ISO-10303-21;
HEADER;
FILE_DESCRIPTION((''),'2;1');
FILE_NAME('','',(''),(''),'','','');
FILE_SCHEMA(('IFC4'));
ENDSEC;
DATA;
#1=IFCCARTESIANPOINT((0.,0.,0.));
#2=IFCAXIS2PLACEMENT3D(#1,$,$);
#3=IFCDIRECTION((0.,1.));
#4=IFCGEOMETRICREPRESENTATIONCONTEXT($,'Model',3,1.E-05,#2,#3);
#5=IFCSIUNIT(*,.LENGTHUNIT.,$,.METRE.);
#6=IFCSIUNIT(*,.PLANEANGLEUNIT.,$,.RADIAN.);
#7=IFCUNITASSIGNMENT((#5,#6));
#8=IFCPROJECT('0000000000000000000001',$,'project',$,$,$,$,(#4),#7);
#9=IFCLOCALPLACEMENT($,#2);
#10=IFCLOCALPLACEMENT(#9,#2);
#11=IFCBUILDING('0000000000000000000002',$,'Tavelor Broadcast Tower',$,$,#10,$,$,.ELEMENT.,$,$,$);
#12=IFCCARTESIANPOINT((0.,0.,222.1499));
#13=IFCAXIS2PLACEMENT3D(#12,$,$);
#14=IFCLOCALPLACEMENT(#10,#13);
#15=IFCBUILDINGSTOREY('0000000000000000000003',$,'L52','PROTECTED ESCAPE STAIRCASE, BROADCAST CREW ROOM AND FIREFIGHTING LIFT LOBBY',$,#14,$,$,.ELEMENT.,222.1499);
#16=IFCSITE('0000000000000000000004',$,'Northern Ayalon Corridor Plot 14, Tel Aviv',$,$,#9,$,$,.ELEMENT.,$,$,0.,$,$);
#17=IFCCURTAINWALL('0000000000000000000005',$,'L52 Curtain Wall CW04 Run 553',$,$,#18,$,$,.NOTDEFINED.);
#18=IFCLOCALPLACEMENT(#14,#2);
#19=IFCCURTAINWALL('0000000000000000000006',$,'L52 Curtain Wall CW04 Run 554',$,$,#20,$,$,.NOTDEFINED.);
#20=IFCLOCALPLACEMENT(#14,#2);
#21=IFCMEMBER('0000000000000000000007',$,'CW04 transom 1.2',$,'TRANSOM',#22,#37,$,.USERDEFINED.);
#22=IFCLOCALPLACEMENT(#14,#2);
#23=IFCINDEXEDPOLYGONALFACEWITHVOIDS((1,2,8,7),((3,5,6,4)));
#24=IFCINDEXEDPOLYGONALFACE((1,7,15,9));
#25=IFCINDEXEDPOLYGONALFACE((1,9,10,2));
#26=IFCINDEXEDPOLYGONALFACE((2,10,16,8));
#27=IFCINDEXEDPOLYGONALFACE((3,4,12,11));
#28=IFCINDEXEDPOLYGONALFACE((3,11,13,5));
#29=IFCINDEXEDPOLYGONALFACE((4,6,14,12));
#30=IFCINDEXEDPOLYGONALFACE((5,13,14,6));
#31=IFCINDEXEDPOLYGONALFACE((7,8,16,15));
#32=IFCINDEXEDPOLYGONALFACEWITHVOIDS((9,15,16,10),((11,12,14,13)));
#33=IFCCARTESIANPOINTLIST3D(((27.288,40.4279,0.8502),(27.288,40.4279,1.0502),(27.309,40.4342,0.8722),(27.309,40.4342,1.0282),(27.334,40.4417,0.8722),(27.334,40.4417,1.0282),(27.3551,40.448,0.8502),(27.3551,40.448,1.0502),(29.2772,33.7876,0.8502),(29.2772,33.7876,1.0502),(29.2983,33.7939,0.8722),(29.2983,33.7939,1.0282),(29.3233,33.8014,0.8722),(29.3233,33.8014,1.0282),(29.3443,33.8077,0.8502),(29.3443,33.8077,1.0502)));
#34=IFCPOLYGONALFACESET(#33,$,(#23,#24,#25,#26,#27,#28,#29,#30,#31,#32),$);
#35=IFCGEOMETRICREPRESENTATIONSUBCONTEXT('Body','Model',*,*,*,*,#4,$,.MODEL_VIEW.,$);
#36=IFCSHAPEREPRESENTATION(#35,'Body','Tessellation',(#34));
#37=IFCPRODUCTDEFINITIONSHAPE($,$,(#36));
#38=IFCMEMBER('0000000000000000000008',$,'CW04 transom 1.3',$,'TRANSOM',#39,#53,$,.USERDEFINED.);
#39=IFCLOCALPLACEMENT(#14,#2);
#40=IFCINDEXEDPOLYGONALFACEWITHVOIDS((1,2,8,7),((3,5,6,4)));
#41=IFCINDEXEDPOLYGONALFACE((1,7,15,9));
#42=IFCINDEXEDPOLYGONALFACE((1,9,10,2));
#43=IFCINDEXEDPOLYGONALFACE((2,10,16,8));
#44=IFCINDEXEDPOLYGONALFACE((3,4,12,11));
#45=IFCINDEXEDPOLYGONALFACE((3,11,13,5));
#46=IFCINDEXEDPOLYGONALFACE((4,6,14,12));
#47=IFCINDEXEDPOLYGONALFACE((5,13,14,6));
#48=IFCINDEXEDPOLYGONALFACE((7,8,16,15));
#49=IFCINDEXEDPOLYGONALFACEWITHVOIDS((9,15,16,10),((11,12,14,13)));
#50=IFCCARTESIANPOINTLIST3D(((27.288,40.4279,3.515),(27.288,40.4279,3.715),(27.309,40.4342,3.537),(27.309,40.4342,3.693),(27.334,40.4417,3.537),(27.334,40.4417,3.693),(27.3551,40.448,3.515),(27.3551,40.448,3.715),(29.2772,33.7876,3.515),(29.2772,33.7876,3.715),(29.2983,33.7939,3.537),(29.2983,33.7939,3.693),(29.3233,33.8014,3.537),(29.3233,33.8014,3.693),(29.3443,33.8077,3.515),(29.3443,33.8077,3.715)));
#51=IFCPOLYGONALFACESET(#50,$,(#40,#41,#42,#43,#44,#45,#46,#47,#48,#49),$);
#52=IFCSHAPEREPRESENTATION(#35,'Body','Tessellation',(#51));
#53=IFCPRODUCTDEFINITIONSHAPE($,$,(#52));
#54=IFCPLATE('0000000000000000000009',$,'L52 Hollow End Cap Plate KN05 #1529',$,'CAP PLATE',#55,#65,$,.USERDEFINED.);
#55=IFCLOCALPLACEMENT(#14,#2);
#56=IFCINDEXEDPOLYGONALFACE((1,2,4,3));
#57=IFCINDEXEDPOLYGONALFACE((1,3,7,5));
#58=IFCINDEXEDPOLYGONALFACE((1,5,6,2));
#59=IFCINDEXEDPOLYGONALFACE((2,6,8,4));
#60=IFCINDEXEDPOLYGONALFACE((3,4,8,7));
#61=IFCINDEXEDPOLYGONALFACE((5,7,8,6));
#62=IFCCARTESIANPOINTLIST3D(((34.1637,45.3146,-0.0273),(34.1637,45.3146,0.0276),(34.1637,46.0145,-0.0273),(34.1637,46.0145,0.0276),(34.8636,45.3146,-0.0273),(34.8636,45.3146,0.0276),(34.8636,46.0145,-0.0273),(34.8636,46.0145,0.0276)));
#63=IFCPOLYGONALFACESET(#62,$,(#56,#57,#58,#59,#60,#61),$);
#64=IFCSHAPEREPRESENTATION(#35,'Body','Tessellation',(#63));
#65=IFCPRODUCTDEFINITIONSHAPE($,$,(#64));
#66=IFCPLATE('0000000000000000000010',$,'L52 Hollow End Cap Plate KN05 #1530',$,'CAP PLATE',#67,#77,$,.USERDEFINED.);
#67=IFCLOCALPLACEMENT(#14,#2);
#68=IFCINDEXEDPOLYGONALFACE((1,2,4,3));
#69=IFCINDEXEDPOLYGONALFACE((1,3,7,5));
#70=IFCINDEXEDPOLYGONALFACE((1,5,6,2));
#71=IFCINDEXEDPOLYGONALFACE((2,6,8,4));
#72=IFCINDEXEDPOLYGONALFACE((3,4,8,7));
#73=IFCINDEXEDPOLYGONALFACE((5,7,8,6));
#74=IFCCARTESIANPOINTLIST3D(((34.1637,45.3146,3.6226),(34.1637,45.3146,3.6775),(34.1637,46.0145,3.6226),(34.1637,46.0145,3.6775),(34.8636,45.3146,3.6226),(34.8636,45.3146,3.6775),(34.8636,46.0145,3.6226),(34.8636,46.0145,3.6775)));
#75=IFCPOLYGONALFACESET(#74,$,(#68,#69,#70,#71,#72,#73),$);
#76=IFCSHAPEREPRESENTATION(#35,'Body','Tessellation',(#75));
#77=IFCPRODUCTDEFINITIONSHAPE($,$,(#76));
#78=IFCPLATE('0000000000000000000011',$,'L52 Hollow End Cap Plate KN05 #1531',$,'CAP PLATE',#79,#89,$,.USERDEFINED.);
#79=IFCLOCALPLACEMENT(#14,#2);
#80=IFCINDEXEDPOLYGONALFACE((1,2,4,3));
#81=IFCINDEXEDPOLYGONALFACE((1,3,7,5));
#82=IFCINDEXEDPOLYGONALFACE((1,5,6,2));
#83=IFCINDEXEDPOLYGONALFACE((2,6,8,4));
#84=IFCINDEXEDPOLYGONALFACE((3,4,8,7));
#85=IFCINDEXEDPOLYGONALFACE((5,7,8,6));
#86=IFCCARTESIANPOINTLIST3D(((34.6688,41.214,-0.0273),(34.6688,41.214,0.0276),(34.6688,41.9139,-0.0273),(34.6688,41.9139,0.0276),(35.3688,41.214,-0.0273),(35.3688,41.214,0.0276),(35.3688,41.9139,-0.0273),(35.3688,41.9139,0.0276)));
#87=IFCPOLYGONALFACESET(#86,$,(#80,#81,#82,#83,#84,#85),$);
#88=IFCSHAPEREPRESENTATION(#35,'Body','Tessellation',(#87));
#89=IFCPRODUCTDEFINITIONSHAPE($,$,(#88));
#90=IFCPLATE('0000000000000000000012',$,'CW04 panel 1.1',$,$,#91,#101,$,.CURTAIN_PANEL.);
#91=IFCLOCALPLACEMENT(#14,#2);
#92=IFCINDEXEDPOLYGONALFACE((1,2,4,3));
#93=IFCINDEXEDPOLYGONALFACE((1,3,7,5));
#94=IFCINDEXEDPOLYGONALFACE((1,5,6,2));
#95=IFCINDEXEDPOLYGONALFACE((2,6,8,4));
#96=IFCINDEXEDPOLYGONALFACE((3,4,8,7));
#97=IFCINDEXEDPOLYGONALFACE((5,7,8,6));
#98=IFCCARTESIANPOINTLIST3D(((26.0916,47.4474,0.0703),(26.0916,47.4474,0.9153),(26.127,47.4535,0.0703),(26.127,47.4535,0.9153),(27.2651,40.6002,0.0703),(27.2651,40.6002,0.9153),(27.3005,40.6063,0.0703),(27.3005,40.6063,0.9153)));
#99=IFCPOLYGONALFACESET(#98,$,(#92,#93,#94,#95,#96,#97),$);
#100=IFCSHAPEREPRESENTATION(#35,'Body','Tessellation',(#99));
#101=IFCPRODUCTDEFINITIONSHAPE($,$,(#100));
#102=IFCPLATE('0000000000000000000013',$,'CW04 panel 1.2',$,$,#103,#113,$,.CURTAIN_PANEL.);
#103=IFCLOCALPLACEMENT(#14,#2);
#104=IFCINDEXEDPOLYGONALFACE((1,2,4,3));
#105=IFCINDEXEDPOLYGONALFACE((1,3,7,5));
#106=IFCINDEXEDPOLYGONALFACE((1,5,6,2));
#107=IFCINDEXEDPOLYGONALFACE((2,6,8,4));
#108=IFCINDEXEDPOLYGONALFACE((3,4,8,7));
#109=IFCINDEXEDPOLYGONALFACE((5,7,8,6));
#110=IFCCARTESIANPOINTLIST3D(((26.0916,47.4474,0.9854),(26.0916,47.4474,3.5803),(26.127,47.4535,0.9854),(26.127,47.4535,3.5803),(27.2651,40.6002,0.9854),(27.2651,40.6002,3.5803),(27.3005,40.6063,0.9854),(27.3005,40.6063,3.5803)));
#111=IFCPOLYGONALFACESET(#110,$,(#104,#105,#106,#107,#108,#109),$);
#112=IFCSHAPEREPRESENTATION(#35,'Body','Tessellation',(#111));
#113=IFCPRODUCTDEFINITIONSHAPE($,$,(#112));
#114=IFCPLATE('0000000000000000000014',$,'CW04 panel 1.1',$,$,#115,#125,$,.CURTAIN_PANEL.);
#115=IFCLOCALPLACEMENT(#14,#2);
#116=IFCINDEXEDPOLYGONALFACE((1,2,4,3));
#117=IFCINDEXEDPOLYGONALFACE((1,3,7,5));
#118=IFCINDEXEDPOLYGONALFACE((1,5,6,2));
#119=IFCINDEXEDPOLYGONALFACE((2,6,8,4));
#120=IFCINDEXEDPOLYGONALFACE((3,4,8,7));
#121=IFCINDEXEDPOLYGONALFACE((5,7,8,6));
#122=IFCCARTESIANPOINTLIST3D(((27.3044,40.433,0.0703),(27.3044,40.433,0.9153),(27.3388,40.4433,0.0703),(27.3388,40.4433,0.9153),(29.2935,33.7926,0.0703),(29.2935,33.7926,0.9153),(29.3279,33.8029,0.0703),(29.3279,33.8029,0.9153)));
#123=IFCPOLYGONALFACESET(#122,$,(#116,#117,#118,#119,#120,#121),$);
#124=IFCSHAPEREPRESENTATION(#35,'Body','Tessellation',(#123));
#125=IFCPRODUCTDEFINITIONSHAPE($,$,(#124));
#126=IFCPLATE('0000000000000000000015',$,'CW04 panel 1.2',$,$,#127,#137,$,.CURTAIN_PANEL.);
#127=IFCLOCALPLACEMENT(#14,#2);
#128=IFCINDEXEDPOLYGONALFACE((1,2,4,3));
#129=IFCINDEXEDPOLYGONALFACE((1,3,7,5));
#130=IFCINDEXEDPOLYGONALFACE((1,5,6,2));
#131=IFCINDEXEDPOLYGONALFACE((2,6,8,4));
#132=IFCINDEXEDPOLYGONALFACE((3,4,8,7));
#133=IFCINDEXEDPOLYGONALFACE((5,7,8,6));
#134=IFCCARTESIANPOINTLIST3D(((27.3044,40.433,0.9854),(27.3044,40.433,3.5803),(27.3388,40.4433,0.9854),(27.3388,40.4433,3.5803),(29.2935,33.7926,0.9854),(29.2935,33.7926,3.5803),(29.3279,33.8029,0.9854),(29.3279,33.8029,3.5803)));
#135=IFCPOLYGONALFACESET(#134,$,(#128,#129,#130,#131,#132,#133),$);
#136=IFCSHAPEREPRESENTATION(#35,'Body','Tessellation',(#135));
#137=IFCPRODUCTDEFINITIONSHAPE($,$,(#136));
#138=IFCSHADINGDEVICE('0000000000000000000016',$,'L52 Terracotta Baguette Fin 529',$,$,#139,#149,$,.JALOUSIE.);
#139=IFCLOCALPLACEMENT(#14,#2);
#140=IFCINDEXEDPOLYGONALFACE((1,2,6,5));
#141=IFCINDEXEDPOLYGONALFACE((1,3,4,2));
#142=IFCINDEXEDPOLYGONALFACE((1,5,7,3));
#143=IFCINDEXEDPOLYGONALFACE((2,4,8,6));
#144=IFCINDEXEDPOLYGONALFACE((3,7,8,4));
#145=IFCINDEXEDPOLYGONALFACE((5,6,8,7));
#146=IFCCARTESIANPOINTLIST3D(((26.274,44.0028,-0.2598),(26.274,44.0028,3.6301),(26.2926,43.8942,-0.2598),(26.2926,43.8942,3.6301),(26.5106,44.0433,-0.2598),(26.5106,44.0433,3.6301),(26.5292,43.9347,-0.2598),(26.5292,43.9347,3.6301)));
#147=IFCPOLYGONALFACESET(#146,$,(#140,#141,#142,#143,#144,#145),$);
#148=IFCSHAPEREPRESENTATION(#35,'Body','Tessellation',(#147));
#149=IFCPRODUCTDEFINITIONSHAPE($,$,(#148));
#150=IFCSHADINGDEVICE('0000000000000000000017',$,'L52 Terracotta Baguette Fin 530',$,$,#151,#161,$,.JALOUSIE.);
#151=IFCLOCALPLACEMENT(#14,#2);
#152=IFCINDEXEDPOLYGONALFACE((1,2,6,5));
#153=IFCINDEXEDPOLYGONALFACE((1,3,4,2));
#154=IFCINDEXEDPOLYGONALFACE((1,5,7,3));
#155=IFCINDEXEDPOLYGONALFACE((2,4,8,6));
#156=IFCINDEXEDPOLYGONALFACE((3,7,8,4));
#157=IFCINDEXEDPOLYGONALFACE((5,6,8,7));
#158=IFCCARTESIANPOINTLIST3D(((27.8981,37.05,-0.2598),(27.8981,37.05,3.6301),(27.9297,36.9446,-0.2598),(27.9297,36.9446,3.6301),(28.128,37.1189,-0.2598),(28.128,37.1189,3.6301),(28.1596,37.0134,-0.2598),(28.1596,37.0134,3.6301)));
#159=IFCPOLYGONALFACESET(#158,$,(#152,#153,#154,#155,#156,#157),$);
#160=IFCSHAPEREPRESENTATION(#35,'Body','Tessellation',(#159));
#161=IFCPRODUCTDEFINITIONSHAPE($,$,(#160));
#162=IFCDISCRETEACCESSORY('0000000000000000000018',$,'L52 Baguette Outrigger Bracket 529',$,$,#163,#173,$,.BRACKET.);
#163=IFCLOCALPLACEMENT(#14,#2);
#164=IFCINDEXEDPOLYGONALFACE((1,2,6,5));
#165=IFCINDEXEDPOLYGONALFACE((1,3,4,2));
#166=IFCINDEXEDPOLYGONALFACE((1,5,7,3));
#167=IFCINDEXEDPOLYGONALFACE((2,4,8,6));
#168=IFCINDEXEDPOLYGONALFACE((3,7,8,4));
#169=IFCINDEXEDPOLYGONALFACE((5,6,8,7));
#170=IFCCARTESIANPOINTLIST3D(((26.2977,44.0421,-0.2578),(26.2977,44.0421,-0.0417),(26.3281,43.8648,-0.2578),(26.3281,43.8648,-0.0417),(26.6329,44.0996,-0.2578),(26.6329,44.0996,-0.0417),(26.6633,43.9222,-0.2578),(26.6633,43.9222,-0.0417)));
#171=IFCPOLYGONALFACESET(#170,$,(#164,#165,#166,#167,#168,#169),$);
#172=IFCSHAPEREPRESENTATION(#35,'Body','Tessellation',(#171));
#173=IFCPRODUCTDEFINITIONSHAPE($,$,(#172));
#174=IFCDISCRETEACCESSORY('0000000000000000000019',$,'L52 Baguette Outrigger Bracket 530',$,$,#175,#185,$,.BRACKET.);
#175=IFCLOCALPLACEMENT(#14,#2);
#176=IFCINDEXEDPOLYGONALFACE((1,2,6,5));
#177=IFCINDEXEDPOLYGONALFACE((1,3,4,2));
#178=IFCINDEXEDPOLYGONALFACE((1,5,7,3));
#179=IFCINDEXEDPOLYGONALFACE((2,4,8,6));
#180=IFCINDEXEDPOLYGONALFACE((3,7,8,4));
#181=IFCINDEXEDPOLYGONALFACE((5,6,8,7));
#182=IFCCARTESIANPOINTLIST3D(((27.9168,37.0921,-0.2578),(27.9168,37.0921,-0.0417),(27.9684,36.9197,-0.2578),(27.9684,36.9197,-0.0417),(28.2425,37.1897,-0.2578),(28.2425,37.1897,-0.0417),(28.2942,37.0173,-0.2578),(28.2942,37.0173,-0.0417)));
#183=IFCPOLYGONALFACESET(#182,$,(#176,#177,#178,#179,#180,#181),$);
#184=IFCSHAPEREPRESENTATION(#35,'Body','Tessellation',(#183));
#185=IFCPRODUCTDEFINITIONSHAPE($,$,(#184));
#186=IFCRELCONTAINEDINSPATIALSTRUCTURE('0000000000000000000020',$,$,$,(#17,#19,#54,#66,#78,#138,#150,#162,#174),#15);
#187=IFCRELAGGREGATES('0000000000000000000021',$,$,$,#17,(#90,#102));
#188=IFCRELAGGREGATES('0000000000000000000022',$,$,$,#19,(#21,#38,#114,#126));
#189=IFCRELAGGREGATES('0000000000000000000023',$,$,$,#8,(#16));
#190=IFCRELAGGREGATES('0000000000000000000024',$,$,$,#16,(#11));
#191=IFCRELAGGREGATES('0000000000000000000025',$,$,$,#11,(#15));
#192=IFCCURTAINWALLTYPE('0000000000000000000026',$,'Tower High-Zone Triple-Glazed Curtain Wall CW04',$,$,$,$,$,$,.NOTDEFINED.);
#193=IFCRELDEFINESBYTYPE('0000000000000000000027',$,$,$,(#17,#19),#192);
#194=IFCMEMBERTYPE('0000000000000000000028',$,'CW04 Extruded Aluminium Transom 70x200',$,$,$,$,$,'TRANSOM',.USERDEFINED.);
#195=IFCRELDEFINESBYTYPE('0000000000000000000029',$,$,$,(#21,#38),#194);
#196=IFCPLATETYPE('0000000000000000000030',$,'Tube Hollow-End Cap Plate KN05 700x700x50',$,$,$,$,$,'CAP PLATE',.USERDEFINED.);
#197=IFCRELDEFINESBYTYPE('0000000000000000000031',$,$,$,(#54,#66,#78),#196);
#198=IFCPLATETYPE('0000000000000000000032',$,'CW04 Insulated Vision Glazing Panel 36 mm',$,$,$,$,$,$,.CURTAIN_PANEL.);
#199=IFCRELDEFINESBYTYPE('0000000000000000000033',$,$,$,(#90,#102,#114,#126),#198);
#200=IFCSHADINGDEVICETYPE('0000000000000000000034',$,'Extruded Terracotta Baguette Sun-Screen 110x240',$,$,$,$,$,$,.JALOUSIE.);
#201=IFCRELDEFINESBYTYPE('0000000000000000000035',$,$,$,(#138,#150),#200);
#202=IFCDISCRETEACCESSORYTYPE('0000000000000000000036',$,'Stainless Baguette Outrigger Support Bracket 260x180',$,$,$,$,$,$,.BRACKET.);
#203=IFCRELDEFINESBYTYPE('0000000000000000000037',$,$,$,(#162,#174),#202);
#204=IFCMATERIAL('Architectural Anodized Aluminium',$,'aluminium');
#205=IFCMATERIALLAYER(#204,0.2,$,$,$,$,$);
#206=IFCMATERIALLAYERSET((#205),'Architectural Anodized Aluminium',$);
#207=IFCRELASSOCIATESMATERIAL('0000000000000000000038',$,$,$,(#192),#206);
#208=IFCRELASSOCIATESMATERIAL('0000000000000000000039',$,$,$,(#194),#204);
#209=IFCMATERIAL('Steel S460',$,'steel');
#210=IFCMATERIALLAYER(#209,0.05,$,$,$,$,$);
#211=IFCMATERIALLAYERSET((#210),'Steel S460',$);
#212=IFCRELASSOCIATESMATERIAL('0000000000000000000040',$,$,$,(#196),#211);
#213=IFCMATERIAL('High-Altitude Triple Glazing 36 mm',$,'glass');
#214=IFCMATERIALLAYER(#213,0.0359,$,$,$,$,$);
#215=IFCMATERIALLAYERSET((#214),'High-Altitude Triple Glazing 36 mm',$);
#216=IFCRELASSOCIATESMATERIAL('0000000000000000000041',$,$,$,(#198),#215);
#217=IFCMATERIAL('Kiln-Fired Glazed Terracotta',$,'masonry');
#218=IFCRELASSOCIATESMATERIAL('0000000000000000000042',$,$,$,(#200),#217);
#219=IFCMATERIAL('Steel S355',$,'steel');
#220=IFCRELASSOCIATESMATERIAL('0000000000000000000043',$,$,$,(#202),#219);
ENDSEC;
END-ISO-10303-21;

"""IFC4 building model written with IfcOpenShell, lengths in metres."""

from ifc_helpers import new_model, si_unit, direction, frame, origin, origin_2d, place, context, subcontext, project, spatial, rectangle, hollow_rectangle, extrude, source, transform, mapped, material, layer, layer_set, material_profile, profile_set, type_object, type_shapes, element, aggregate, save


model = new_model("IFC4")

# Units and contexts
model_context = context("Model", 3, precision=1e-05, world=origin(), true_north=direction((0.0, 1.0)))
body_context = subcontext(model_context, "Body", "Model", "MODEL_VIEW")
ifc_project = project(units=[si_unit("LENGTHUNIT", "METRE"), si_unit("PLANEANGLEUNIT", "RADIAN")], contexts=[model_context])

# Site, building, storey
site_placement = place(None, origin())
site = spatial("IfcSite", under=ifc_project, at=site_placement, Name="Northern Ayalon Corridor Plot 14, Tel Aviv", CompositionType="ELEMENT", RefElevation=0.0)
building_placement = place(site_placement, origin())
building = spatial("IfcBuilding", under=site, at=building_placement, Name="Tavelor Broadcast Tower", CompositionType="ELEMENT")
storey_placement = place(building_placement, frame((0.0, 0.0, 222.1499)))
storey = spatial("IfcBuildingStorey", under=building, at=storey_placement, Name="L52", Description="PROTECTED ESCAPE STAIRCASE, BROADCAST CREW ROOM AND FIREFIGHTING LIFT LOBBY", CompositionType="ELEMENT", Elevation=222.1499)

# Shared definitions
ifc_material_1 = material(Name="Steel S460", Category="steel")

# Shared definitions
ifc_material_2 = material(Name="Steel S355", Category="steel")

# Curtain wall
ifc_material_3 = material(Name="Architectural Anodized Aluminium", Category="aluminium")
ifc_layer_1 = layer(ifc_material_3, 0.2)
ifc_layer_set_1 = layer_set([ifc_layer_1], Name="Architectural Anodized Aluminium")
curtain_wall_type = type_object("IfcCurtainWallType", Name="Tower High-Zone Triple-Glazed Curtain Wall CW04", PredefinedType="NOTDEFINED", material=ifc_layer_set_1)
curtain_wall_1_placement = place(storey_placement, origin())
curtain_wall_1 = element("IfcCurtainWall", 1, at=curtain_wall_1_placement, inside=storey, type_object=curtain_wall_type, Name="L52 Curtain Wall CW04 Run 553", PredefinedType="NOTDEFINED")

# Curtain wall
curtain_wall_2_placement = place(storey_placement, origin())
curtain_wall_2 = element("IfcCurtainWall", 2, at=curtain_wall_2_placement, inside=storey, type_object=curtain_wall_type, Name="L52 Curtain Wall CW04 Run 554", PredefinedType="NOTDEFINED")

# Members
ifc_material_profile_1 = material_profile(ifc_material_3, hollow_rectangle(XDim=0.0701, YDim=0.2, WallThickness=0.022, at=origin_2d()), Name="RHS 70x200x22")
ifc_profile_set_1 = profile_set([ifc_material_profile_1], Name="Architectural Anodized Aluminium")
member_type_1 = type_object("IfcMemberType", Name="CW04 Extruded Aluminium Transom 70x200", ElementType="TRANSOM", PredefinedType="USERDEFINED", material=ifc_profile_set_1)
shared_shape_1 = source(origin(), body_context, "Body", "SweptSolid", [
    extrude(hollow_rectangle(XDim=0.0701, YDim=0.2, WallThickness=0.022, at=origin_2d()), origin(), (0.0, 0.0, 1.0), 6.9319),
])
member_1_placement = place(storey_placement, frame((27.3215, 40.438, 0.9502), z_axis=(0.28697, -0.95794, 0.0), x_axis=(0.95794, 0.28697, 0.0)))
member_1 = element("IfcMember", 3, at=member_1_placement, type_object=member_type_1, Name="CW04 transom 1.2", ObjectType="TRANSOM", PredefinedType="USERDEFINED", context=body_context, shape_type="MappedRepresentation", body=[
    mapped(shared_shape_1, transform((0.0, 0.0, 0.0), scale=1.0)),
])
member_2_placement = place(storey_placement, frame((27.3215, 40.438, 3.615), z_axis=(0.28697, -0.95794, 0.0), x_axis=(0.95794, 0.28697, 0.0)))
member_2 = element("IfcMember", 4, at=member_2_placement, type_object=member_type_1, Name="CW04 transom 1.3", ObjectType="TRANSOM", PredefinedType="USERDEFINED", context=body_context, shape_type="MappedRepresentation", body=[
    mapped(shared_shape_1, transform((0.0, 0.0, 0.0), scale=1.0)),
])

# Plates
ifc_layer_2 = layer(ifc_material_1, 0.05)
ifc_layer_set_2 = layer_set([ifc_layer_2], Name="Steel S460")
plate_type_1 = type_object("IfcPlateType", Name="Tube Hollow-End Cap Plate KN05 700x700x50", ElementType="CAP PLATE", PredefinedType="USERDEFINED", material=ifc_layer_set_2)
shared_shape_2 = source(origin(), body_context, "Body", "SweptSolid", [
    extrude(rectangle(XDim=0.7, YDim=0.7, at=origin_2d()), origin(), (0.0, 0.0, 1.0), 0.0549),
])
type_shapes(plate_type_1, [shared_shape_2])
for number, where, z_axis, x_axis, name in (
    (5, (34.5137, 45.6646, -0.0273), (0.0, 0.0, 1.0), (1.0, 0.0, 0.0), "L52 Hollow End Cap Plate KN05 #1529"),
    (6, (34.5137, 45.6646, 3.6226), (0.0, 0.0, 1.0), (1.0, 0.0, 0.0), "L52 Hollow End Cap Plate KN05 #1530"),
    (7, (35.0188, 41.564, -0.0273), (0.0, 0.0, 1.0), (1.0, 0.0, 0.0), "L52 Hollow End Cap Plate KN05 #1531"),
):
    element("IfcPlate", number, at=place(storey_placement, frame(where, z_axis=z_axis, x_axis=x_axis)), inside=storey, type_object=plate_type_1, Name=name, ObjectType="CAP PLATE", PredefinedType="USERDEFINED", context=body_context, shape_type="MappedRepresentation", body=[
        mapped(shared_shape_2, transform((0.0, 0.0, 0.0), scale=1.0)),
    ])

# Plates
ifc_material_4 = material(Name="High-Altitude Triple Glazing 36 mm", Category="glass")
ifc_layer_3 = layer(ifc_material_4, 0.0359)
ifc_layer_set_3 = layer_set([ifc_layer_3], Name="High-Altitude Triple Glazing 36 mm")
plate_type_2 = type_object("IfcPlateType", Name="CW04 Insulated Vision Glazing Panel 36 mm", PredefinedType="CURTAIN_PANEL", material=ifc_layer_set_3)
shared_shape_3 = source(origin(), body_context, "Body", "SweptSolid", [
    extrude(rectangle(XDim=6.947, YDim=0.0359, at=origin_2d()), origin(), (0.0, 0.0, 1.0), 0.845),
])
plate_1_placement = place(storey_placement, frame((26.696, 44.0269, 0.0703), z_axis=(0.0, 0.0, 1.0), x_axis=(0.168916, -0.98563, 0.0)))
plate_1 = element("IfcPlate", 8, at=plate_1_placement, type_object=plate_type_2, Name="CW04 panel 1.1", PredefinedType="CURTAIN_PANEL", context=body_context, shape_type="MappedRepresentation", body=[
    mapped(shared_shape_3, transform((0.0, 0.0, 0.0), scale=1.0)),
])
shared_shape_4 = source(origin(), body_context, "Body", "SweptSolid", [
    extrude(rectangle(XDim=6.947, YDim=0.0359, at=origin_2d()), origin(), (0.0, 0.0, 1.0), 2.595),
])
plate_2_placement = place(storey_placement, frame((26.696, 44.0269, 0.9854), z_axis=(0.0, 0.0, 1.0), x_axis=(0.168916, -0.98563, 0.0)))
plate_2 = element("IfcPlate", 9, at=plate_2_placement, type_object=plate_type_2, Name="CW04 panel 1.2", PredefinedType="CURTAIN_PANEL", context=body_context, shape_type="MappedRepresentation", body=[
    mapped(shared_shape_4, transform((0.0, 0.0, 0.0), scale=1.0)),
])
aggregate(curtain_wall_1, [plate_1, plate_2])
shared_shape_5 = source(origin(), body_context, "Body", "SweptSolid", [
    extrude(rectangle(XDim=6.9319, YDim=0.0359, at=origin_2d()), origin(), (0.0, 0.0, 1.0), 0.845),
])
plate_3_placement = place(storey_placement, frame((28.3162, 37.1179, 0.0703), z_axis=(0.0, 0.0, 1.0), x_axis=(0.286952, -0.957945, 0.0)))
plate_3 = element("IfcPlate", 10, at=plate_3_placement, type_object=plate_type_2, Name="CW04 panel 1.1", PredefinedType="CURTAIN_PANEL", context=body_context, shape_type="MappedRepresentation", body=[
    mapped(shared_shape_5, transform((0.0, 0.0, 0.0), scale=1.0)),
])
shared_shape_6 = source(origin(), body_context, "Body", "SweptSolid", [
    extrude(rectangle(XDim=6.9319, YDim=0.0359, at=origin_2d()), origin(), (0.0, 0.0, 1.0), 2.595),
])
type_shapes(plate_type_2, [shared_shape_3, shared_shape_4, shared_shape_5, shared_shape_6])
plate_4_placement = place(storey_placement, frame((28.3162, 37.1179, 0.9854), z_axis=(0.0, 0.0, 1.0), x_axis=(0.286952, -0.957945, 0.0)))
plate_4 = element("IfcPlate", 11, at=plate_4_placement, type_object=plate_type_2, Name="CW04 panel 1.2", PredefinedType="CURTAIN_PANEL", context=body_context, shape_type="MappedRepresentation", body=[
    mapped(shared_shape_6, transform((0.0, 0.0, 0.0), scale=1.0)),
])
aggregate(curtain_wall_2, [member_1, member_2, plate_3, plate_4])

# Shading devices
ifc_material_5 = material(Name="Kiln-Fired Glazed Terracotta", Category="masonry")
shading_device_type = type_object("IfcShadingDeviceType", Name="Extruded Terracotta Baguette Sun-Screen 110x240", PredefinedType="JALOUSIE", material=ifc_material_5)
shared_shape_7 = source(origin(), body_context, "Body", "SweptSolid", [
    extrude(rectangle(XDim=0.1101, YDim=0.24, at=origin_2d()), origin(), (0.0, 0.0, 1.0), 3.8899),
])
type_shapes(shading_device_type, [shared_shape_7])
for number, where, z_axis, x_axis, name in (
    (12, (26.4016, 43.9688, -0.2598), (0.0, 0.0, 1.0), (0.168833, -0.985645, 0.0), "L52 Terracotta Baguette Fin 529"),
    (13, (28.0288, 37.0317, -0.2598), (0.0, 0.0, 1.0), (0.287026, -0.957923, 0.0), "L52 Terracotta Baguette Fin 530"),
):
    element("IfcShadingDevice", number, at=place(storey_placement, frame(where, z_axis=z_axis, x_axis=x_axis)), inside=storey, type_object=shading_device_type, Name=name, PredefinedType="JALOUSIE", context=body_context, shape_type="MappedRepresentation", body=[
        mapped(shared_shape_7, transform((0.0, 0.0, 0.0), scale=1.0)),
    ])

# Discrete accessories
discrete_accessory_type = type_object("IfcDiscreteAccessoryType", Name="Stainless Baguette Outrigger Support Bracket 260x180", PredefinedType="BRACKET", material=ifc_material_2)
shared_shape_8 = source(origin(), body_context, "Body", "SweptSolid", [
    extrude(rectangle(XDim=0.1799, YDim=0.3401, at=origin_2d()), origin(), (0.0, 0.0, 1.0), 0.2161),
])
type_shapes(discrete_accessory_type, [shared_shape_8])
for number, where, z_axis, x_axis, name in (
    (14, (26.4805, 43.9822, -0.2578), (0.0, 0.0, 1.0), (0.168833, -0.985645, 0.0), "L52 Baguette Outrigger Bracket 529"),
    (15, (28.1055, 37.0547, -0.2578), (0.0, 0.0, 1.0), (0.287026, -0.957923, 0.0), "L52 Baguette Outrigger Bracket 530"),
):
    element("IfcDiscreteAccessory", number, at=place(storey_placement, frame(where, z_axis=z_axis, x_axis=x_axis)), inside=storey, type_object=discrete_accessory_type, Name=name, PredefinedType="BRACKET", context=body_context, shape_type="MappedRepresentation", body=[
        mapped(shared_shape_8, transform((0.0, 0.0, 0.0), scale=1.0)),
    ])

save(model, "model.ifc")
